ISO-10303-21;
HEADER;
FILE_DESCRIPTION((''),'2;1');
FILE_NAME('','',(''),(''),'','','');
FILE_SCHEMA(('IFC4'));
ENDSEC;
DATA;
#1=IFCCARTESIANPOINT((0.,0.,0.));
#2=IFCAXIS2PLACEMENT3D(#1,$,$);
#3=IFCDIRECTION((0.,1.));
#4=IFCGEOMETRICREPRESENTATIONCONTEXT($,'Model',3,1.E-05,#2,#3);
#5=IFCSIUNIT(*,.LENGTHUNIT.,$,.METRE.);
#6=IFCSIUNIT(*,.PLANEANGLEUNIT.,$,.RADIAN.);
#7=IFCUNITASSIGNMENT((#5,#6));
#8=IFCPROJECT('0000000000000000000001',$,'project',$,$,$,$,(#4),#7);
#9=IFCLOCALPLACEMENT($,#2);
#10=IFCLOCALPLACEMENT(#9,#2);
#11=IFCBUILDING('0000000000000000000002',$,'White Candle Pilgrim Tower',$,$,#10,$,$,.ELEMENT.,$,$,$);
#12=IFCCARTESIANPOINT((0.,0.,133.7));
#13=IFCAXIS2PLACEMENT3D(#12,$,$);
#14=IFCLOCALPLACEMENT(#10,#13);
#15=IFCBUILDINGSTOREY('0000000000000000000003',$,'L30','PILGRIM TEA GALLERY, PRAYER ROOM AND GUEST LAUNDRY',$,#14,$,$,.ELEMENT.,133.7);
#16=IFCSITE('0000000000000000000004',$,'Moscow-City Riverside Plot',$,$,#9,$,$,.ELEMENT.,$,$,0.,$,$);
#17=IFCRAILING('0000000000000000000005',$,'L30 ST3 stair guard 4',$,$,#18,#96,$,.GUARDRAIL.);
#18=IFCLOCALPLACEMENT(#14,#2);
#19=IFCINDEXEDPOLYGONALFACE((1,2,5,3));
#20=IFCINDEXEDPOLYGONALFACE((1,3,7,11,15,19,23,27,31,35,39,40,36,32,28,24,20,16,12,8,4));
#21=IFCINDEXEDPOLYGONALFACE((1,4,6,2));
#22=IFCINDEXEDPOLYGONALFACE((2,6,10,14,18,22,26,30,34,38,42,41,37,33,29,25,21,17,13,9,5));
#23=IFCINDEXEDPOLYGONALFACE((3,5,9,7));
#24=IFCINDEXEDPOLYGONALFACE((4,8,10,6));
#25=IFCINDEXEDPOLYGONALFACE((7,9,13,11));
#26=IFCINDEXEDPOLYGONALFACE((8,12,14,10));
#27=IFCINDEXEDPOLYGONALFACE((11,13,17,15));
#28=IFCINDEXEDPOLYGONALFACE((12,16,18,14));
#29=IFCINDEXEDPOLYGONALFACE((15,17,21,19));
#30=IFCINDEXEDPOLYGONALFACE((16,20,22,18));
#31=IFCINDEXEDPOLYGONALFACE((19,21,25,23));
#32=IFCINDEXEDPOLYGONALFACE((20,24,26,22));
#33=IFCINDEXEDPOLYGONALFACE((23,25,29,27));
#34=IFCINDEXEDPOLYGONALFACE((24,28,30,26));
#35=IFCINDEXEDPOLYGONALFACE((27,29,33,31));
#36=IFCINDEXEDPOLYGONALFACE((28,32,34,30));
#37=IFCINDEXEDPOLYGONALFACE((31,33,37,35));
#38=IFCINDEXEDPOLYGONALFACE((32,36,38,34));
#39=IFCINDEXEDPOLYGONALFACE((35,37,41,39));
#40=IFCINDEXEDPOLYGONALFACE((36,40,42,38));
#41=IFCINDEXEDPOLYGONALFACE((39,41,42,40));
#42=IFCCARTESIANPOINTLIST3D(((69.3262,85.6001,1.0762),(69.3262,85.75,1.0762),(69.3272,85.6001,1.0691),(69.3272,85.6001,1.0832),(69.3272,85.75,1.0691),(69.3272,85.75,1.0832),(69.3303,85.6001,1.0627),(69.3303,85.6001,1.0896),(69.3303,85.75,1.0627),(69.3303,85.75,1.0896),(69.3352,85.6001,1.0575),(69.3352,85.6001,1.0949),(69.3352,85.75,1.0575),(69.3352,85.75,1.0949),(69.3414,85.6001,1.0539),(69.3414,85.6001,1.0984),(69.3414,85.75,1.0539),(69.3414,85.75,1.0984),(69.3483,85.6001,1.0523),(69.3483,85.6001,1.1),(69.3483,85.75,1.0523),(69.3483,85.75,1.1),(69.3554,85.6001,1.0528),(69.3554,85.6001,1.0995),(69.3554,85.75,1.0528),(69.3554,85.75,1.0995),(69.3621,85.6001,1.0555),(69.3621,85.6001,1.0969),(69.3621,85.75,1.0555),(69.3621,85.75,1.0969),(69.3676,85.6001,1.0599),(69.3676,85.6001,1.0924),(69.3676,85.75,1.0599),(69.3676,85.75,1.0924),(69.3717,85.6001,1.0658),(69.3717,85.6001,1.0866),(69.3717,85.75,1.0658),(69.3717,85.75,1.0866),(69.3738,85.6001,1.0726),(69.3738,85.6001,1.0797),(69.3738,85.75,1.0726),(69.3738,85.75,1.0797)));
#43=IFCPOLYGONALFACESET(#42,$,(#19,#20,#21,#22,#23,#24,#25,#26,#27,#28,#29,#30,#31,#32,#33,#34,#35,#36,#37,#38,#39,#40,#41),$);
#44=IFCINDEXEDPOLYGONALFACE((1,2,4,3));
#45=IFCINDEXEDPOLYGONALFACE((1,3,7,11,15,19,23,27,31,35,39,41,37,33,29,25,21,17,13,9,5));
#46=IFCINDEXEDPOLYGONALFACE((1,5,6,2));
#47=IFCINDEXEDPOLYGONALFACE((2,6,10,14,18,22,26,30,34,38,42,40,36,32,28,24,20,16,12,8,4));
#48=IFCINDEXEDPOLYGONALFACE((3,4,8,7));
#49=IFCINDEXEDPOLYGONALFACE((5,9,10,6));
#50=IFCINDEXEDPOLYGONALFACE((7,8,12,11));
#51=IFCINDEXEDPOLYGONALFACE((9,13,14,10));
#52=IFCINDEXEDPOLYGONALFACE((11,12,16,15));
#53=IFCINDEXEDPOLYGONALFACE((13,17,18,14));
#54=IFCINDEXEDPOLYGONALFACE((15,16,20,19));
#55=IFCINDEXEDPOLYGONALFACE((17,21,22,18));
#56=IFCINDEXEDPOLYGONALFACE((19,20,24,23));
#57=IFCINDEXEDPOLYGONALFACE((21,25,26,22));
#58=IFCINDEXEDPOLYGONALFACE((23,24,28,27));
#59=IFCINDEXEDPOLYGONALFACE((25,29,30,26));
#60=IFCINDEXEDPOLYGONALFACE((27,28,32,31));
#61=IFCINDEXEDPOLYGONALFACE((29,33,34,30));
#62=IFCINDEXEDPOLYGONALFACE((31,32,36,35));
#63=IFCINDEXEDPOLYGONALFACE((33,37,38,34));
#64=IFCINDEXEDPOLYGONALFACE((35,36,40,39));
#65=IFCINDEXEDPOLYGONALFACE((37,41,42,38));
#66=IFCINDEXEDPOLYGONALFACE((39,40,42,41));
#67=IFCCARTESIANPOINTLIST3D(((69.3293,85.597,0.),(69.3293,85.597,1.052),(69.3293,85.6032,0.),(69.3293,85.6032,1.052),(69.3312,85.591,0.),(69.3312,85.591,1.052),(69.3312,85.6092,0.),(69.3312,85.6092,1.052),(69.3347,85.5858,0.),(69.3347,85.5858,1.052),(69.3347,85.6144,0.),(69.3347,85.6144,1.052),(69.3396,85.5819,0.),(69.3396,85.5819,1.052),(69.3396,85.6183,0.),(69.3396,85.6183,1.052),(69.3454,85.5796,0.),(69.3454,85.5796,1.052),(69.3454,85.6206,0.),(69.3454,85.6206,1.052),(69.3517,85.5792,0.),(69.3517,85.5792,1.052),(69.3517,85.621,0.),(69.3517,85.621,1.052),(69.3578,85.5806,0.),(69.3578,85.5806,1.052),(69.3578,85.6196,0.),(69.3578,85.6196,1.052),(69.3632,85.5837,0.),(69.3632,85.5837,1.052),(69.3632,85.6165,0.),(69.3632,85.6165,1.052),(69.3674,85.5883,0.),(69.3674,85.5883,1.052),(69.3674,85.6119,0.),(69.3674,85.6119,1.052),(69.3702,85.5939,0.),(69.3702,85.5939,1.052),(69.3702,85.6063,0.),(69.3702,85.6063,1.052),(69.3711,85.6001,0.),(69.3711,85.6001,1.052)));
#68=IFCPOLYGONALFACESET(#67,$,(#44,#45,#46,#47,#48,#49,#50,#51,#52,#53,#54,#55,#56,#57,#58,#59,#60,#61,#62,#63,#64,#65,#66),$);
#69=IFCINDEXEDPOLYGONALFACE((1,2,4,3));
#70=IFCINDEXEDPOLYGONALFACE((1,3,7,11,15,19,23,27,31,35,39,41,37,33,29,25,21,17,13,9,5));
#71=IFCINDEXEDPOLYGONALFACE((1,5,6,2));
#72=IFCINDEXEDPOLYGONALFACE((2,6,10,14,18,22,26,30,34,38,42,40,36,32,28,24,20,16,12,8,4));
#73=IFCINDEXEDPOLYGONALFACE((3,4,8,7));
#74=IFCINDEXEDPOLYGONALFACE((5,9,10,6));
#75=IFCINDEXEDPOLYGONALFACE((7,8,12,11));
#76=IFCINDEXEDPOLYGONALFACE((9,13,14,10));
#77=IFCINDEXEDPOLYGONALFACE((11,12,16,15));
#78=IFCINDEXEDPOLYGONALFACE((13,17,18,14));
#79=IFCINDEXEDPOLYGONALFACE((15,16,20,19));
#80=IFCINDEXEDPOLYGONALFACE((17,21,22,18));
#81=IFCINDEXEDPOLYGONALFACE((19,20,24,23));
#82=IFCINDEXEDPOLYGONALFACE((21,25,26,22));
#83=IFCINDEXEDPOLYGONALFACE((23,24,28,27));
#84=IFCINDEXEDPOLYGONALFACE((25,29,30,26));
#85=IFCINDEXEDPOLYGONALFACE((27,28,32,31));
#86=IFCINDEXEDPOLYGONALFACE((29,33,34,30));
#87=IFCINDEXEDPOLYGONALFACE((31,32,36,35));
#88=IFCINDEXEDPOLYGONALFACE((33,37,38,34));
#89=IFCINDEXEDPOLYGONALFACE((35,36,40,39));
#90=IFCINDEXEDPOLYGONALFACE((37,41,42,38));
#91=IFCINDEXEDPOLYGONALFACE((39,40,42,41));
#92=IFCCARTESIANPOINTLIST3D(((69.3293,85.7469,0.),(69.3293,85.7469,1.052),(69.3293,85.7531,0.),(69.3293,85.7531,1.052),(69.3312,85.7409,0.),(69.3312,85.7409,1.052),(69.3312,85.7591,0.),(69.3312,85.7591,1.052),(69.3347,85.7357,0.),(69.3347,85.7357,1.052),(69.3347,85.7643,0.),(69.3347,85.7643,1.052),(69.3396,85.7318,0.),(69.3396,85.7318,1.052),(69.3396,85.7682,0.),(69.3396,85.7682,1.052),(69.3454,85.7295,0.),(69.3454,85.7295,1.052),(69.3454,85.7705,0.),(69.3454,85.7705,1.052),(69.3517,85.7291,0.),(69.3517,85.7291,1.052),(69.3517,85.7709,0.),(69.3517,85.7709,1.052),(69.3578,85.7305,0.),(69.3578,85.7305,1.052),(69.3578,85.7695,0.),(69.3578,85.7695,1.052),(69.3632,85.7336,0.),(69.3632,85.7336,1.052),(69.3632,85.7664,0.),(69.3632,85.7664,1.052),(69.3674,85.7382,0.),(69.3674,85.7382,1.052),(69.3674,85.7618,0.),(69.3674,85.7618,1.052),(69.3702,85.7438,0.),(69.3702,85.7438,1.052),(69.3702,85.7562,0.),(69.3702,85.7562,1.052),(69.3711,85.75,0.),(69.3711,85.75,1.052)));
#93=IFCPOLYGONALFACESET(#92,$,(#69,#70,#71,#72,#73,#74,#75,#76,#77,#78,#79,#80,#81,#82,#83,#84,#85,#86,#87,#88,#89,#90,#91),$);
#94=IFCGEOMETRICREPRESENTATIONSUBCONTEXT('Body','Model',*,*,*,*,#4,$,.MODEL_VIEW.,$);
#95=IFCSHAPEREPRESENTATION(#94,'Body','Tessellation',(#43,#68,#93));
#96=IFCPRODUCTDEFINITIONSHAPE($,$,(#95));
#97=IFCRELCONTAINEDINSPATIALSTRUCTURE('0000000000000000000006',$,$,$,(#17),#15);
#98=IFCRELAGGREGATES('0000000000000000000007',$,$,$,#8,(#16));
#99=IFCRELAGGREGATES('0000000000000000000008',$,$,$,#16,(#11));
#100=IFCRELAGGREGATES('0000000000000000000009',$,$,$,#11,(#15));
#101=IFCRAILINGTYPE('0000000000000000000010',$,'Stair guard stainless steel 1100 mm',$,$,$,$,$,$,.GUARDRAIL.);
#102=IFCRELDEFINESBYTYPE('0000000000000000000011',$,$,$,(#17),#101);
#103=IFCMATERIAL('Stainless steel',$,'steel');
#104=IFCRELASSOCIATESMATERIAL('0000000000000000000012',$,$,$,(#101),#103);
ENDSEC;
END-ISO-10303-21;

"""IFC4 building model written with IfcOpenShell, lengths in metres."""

from ifc_helpers import new_model, si_unit, direction, frame, origin, origin_2d, place, context, subcontext, project, spatial, circle, extrude, material, type_object, element, save


model = new_model("IFC4")

# Units and contexts
model_context = context("Model", 3, precision=1e-05, world=origin(), true_north=direction((0.0, 1.0)))
body_context = subcontext(model_context, "Body", "Model", "MODEL_VIEW")
ifc_project = project(units=[si_unit("LENGTHUNIT", "METRE"), si_unit("PLANEANGLEUNIT", "RADIAN")], contexts=[model_context])

# Site, building, storey
site_placement = place(None, origin())
site = spatial("IfcSite", under=ifc_project, at=site_placement, Name="Moscow-City Riverside Plot", CompositionType="ELEMENT", RefElevation=0.0)
building_placement = place(site_placement, origin())
building = spatial("IfcBuilding", under=site, at=building_placement, Name="White Candle Pilgrim Tower", CompositionType="ELEMENT")
storey_placement = place(building_placement, frame((0.0, 0.0, 133.7)))
storey = spatial("IfcBuildingStorey", under=building, at=storey_placement, Name="L30", Description="PILGRIM TEA GALLERY, PRAYER ROOM AND GUEST LAUNDRY", CompositionType="ELEMENT", Elevation=133.7)

# Railing
ifc_material_1 = material(Name="Stainless steel", Category="steel")
railing_type_1 = type_object("IfcRailingType", Name="Stair guard stainless steel 1100 mm", PredefinedType="GUARDRAIL", material=ifc_material_1)
railing_1_placement = place(storey_placement, frame((69.3501, 85.6001, 0.0)))
element("IfcRailing", 1, at=railing_1_placement, inside=storey, type_object=railing_type_1, Name="L30 ST3 stair guard 4", PredefinedType="GUARDRAIL", context=body_context, shape_type="SweptSolid", body=[
    extrude(circle(Radius=0.0239, at=origin_2d()), frame((0.0, 0.0, 1.0762), z_axis=(0.0, 1.0, 0.0), x_axis=(-1.0, 0.0, 0.0)), (0.0, 0.0, 1.0), 0.1499),
    extrude(circle(Radius=0.021, at=origin_2d()), origin(), (0.0, 0.0, 1.0), 1.052),
    extrude(circle(Radius=0.021, at=origin_2d()), frame((0.0, 0.1499, 0.0)), (0.0, 0.0, 1.0), 1.052),
])

save(model, "model.ifc")
